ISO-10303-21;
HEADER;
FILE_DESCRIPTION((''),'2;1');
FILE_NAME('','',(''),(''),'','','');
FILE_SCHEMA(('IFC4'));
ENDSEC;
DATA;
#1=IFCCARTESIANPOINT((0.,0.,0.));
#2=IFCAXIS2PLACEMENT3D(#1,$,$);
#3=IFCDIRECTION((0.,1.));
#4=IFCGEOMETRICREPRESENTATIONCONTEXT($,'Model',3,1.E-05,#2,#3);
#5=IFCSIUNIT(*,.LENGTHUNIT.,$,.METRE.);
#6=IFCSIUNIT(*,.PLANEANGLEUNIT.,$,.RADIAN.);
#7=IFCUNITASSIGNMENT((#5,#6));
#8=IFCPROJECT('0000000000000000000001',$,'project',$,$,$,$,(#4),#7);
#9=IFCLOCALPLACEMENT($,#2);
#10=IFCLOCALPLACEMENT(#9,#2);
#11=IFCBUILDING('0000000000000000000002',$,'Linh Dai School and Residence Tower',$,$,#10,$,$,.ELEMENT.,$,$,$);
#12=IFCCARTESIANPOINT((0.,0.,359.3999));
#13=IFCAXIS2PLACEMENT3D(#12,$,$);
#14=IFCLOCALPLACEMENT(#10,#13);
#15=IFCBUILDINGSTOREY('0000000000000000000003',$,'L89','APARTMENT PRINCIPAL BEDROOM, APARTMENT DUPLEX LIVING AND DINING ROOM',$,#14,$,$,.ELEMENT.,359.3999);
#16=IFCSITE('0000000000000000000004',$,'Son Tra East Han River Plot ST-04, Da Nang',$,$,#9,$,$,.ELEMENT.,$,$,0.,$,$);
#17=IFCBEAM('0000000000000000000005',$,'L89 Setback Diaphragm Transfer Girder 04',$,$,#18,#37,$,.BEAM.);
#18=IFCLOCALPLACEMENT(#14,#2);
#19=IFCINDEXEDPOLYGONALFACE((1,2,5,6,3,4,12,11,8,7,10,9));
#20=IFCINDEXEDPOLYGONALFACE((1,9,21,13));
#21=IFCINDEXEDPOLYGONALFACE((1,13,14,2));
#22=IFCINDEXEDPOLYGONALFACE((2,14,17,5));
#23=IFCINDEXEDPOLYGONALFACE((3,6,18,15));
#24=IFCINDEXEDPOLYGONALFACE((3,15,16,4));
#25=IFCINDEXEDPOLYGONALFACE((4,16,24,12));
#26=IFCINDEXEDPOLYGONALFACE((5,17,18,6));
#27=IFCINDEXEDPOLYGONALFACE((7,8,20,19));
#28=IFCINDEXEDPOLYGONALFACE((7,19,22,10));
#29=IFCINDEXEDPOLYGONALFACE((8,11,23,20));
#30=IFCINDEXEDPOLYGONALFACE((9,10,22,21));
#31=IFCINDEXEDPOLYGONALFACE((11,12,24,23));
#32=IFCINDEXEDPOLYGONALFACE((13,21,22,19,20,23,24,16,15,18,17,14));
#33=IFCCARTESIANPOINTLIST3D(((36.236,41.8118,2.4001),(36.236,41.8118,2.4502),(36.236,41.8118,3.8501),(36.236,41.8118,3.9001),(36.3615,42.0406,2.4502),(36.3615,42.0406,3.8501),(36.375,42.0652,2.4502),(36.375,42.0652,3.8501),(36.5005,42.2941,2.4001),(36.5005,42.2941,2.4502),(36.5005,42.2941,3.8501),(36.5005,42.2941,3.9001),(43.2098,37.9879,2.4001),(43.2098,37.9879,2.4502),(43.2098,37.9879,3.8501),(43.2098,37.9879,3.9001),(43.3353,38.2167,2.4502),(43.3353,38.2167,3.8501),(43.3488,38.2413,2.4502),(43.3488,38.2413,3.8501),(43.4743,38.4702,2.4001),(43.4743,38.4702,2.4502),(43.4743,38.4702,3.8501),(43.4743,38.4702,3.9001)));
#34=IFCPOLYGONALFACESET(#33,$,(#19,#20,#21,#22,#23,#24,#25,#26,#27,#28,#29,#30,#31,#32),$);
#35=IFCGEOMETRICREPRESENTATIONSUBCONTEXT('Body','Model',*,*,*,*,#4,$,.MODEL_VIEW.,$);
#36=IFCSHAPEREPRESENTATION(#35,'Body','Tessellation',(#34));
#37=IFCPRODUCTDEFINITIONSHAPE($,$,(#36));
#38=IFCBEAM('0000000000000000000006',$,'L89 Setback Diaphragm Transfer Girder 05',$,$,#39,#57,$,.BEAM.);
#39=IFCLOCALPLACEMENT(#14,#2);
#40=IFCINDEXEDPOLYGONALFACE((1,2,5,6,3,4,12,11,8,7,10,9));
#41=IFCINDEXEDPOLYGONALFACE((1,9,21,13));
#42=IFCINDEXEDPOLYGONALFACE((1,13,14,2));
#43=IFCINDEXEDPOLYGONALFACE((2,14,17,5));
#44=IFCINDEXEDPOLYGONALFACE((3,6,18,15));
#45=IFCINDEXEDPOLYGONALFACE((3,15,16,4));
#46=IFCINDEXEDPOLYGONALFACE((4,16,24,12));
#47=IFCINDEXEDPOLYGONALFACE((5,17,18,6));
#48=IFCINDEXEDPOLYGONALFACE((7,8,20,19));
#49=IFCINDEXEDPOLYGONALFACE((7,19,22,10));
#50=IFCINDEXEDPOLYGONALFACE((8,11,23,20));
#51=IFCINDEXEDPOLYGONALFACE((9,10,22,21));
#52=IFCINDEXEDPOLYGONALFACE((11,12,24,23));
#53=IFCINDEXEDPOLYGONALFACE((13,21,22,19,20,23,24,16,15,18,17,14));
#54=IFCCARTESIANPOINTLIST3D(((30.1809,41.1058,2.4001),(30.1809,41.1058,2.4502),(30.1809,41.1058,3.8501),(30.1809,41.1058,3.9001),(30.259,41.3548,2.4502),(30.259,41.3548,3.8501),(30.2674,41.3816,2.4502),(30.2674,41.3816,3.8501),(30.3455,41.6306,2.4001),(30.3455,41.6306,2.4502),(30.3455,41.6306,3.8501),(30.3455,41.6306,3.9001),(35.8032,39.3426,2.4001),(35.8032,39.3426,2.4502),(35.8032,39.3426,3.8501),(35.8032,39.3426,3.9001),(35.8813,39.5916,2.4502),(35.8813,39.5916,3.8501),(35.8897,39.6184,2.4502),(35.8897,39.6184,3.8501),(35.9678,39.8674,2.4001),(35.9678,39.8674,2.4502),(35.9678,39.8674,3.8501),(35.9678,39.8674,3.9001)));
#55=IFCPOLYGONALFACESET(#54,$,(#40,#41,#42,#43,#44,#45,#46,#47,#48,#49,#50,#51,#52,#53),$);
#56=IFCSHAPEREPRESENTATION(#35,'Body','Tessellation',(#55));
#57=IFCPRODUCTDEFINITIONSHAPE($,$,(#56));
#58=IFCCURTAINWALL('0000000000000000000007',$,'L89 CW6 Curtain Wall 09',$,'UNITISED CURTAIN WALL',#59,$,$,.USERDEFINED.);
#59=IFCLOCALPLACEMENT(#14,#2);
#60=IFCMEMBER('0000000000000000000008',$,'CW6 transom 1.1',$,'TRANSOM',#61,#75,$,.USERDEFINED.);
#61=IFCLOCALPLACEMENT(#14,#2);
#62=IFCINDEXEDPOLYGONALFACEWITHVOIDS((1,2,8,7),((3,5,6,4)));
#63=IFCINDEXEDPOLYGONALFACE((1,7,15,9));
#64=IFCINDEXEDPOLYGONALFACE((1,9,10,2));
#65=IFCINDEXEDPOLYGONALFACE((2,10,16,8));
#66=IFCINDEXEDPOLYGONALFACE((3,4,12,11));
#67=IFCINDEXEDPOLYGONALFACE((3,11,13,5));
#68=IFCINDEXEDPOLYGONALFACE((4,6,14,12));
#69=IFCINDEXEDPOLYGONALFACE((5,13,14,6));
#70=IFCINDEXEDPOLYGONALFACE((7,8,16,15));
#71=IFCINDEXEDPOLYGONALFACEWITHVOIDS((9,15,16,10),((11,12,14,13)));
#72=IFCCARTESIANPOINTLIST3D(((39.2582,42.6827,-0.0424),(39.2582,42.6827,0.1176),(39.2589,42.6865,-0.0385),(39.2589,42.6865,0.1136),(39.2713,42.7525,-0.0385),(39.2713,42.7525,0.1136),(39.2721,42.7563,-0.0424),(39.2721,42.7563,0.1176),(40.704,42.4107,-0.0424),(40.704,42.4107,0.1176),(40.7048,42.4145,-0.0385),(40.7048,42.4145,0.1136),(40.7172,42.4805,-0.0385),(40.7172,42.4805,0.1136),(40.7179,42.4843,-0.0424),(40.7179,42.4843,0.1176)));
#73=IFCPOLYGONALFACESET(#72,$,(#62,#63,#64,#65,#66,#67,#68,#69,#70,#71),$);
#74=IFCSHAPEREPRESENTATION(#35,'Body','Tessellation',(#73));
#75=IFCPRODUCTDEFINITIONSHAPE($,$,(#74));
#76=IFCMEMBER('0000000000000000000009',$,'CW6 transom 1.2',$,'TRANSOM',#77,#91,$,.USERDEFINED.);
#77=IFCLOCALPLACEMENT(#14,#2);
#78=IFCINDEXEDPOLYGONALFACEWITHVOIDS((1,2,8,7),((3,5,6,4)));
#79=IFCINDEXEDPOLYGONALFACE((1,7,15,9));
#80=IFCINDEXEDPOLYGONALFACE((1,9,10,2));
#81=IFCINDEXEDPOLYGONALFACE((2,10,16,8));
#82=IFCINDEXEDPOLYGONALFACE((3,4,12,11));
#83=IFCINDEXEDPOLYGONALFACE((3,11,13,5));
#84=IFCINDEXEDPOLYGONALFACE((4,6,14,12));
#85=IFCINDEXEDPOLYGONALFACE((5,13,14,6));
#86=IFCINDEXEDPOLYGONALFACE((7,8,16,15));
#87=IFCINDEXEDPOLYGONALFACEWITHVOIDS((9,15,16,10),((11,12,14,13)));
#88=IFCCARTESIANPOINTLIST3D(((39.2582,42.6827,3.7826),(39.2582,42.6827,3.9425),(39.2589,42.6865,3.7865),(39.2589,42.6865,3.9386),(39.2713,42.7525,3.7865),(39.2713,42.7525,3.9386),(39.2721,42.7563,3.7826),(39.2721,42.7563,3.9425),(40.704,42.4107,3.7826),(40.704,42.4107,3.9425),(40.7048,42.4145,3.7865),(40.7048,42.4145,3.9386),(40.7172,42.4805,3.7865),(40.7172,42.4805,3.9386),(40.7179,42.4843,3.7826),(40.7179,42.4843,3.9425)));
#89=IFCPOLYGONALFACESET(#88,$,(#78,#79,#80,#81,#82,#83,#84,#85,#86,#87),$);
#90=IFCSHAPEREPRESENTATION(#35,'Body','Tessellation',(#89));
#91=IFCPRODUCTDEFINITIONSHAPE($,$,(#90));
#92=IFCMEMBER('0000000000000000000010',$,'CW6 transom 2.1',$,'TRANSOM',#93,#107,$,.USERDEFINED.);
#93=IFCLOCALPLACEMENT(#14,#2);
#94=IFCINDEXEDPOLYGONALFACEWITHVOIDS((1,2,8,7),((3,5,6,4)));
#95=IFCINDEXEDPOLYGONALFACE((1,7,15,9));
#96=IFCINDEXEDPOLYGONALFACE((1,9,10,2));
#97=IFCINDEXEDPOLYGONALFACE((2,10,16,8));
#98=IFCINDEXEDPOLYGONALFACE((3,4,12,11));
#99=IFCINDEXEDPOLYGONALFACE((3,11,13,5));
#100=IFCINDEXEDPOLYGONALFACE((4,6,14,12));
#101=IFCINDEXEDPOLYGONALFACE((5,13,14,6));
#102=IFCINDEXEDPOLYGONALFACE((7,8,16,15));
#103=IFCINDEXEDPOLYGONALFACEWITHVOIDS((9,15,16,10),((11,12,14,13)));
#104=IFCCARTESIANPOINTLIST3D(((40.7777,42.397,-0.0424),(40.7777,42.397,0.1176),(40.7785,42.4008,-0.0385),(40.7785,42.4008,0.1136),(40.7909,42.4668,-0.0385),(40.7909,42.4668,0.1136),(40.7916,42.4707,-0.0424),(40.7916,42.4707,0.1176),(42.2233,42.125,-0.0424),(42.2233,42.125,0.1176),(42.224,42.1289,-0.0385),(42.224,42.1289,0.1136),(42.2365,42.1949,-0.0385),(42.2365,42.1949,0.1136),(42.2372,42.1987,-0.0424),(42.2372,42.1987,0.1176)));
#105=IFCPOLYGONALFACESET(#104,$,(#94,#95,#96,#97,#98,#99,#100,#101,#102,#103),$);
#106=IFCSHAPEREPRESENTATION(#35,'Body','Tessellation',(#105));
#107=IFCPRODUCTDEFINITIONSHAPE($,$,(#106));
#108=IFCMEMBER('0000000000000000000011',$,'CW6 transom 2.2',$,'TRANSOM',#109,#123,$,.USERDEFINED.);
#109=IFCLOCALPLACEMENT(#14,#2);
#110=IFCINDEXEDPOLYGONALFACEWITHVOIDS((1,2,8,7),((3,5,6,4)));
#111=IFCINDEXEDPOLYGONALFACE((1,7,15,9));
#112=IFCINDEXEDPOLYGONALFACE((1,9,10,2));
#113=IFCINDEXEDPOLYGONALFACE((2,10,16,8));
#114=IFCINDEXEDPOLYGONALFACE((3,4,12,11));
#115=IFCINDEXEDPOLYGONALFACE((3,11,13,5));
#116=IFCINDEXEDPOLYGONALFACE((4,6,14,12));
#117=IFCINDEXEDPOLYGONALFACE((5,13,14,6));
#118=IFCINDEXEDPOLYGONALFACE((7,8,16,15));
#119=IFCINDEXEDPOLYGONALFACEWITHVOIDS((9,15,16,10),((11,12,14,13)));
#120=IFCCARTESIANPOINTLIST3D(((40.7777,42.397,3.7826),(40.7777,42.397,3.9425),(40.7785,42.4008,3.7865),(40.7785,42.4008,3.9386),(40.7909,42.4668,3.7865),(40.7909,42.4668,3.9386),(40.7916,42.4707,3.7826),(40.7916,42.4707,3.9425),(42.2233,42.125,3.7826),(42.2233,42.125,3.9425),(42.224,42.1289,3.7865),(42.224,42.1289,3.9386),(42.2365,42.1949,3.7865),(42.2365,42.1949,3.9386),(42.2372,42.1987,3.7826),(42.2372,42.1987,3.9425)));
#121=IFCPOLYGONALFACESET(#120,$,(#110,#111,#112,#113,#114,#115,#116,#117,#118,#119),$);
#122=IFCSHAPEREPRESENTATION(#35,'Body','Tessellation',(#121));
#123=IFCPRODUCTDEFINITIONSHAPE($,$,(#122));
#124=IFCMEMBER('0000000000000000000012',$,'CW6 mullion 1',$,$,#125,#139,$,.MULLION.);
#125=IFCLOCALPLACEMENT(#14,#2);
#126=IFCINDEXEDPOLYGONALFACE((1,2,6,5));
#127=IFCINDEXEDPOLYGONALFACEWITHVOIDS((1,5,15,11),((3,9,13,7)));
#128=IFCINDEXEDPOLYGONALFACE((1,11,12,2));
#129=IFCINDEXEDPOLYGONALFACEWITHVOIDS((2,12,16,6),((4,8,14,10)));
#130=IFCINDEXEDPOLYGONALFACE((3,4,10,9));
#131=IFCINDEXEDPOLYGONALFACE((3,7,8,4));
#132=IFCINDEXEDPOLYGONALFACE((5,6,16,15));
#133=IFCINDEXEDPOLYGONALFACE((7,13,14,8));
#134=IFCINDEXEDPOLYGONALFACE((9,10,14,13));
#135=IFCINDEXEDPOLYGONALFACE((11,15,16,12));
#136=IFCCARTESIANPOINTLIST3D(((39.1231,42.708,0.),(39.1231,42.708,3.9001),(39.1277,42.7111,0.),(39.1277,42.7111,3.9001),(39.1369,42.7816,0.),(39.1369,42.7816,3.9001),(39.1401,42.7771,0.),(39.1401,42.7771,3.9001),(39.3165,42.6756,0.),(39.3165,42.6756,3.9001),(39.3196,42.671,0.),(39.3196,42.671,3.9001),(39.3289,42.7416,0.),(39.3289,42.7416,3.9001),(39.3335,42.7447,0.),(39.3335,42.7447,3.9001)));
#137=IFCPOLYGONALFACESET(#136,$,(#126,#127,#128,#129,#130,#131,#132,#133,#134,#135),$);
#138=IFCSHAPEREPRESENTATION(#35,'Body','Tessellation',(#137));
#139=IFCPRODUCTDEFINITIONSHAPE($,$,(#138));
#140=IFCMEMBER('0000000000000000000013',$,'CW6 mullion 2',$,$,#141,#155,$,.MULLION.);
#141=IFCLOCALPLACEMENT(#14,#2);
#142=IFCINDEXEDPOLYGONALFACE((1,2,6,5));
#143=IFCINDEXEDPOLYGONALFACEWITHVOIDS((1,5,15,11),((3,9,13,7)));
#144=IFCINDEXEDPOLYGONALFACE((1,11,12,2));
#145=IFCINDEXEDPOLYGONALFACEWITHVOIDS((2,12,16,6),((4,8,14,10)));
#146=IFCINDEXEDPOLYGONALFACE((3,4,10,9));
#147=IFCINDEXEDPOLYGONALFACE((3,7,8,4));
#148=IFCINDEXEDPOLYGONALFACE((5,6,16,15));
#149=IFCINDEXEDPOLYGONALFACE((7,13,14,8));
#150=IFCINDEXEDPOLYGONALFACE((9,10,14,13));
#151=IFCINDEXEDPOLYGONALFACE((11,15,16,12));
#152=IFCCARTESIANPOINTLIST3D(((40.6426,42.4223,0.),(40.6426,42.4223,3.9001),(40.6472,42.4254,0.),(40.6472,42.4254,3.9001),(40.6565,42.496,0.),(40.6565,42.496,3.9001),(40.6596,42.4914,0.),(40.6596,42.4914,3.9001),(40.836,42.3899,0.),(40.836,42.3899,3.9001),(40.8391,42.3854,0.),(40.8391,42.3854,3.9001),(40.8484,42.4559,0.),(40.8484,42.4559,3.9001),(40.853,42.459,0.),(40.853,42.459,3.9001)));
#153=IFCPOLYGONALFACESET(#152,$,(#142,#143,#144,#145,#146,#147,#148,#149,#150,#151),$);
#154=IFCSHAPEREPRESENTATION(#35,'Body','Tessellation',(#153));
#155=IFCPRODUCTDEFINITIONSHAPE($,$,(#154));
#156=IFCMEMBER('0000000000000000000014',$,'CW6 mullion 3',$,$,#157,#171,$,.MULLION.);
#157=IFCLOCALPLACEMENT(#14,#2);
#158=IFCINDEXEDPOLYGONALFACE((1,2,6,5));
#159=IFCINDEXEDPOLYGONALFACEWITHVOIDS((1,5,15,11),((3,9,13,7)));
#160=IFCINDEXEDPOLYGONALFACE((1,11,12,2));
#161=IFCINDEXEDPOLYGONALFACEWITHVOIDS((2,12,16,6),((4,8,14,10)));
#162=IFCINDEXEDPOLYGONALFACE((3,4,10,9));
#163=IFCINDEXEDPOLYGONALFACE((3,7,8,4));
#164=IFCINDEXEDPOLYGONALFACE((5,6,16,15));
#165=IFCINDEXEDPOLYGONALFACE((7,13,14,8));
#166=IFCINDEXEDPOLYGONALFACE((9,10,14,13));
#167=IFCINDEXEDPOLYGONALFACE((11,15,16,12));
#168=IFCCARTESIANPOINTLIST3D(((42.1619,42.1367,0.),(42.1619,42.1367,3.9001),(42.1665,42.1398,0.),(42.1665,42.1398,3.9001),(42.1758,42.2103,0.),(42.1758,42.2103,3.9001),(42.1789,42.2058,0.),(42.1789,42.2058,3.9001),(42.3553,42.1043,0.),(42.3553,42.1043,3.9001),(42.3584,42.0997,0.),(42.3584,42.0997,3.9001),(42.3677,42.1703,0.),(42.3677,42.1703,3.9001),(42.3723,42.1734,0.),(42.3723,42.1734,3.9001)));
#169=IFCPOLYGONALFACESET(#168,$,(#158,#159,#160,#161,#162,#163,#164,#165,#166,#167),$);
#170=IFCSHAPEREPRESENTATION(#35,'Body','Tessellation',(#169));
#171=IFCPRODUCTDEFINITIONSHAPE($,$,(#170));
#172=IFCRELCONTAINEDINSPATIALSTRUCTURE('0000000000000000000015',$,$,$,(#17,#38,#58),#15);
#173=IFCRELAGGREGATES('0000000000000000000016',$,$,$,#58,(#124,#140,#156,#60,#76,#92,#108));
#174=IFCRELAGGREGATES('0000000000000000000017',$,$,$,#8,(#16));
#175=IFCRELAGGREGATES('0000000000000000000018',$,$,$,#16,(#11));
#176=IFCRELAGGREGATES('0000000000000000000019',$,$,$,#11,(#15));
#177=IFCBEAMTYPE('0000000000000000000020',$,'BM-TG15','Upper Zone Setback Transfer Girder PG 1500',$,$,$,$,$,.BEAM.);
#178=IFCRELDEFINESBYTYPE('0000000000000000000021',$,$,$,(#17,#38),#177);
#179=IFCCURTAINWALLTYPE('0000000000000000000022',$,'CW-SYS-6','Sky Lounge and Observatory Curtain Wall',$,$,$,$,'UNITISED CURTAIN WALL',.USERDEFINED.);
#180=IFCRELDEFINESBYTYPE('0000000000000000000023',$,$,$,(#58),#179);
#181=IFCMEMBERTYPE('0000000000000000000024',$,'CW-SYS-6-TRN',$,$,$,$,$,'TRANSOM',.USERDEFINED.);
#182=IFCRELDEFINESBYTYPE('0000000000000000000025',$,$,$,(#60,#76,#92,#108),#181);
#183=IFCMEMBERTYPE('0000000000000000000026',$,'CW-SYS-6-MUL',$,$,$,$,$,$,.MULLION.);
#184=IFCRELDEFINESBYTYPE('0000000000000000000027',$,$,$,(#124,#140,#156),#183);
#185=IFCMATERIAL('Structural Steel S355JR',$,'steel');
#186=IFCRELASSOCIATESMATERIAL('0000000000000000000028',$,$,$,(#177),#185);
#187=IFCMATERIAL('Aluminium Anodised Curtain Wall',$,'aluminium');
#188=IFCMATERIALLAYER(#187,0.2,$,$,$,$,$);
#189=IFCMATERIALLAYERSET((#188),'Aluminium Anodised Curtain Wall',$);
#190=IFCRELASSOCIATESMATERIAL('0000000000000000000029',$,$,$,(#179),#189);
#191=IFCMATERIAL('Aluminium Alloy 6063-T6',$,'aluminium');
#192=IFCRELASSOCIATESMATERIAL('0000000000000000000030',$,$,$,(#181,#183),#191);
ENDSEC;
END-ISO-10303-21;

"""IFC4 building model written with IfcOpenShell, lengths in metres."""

from ifc_helpers import new_model, si_unit, direction, frame, origin, origin_2d, place, context, subcontext, project, spatial, hollow_rectangle, i_section, extrude, source, transform, mapped, material, layer, layer_set, material_profile, profile_set, type_object, element, aggregate, save


model = new_model("IFC4")

# Units and contexts
model_context = context("Model", 3, precision=1e-05, world=origin(), true_north=direction((0.0, 1.0)))
body_context = subcontext(model_context, "Body", "Model", "MODEL_VIEW")
ifc_project = project(units=[si_unit("LENGTHUNIT", "METRE"), si_unit("PLANEANGLEUNIT", "RADIAN")], contexts=[model_context])

# Site, building, storey
site_placement = place(None, origin())
site = spatial("IfcSite", under=ifc_project, at=site_placement, Name="Son Tra East Han River Plot ST-04, Da Nang", CompositionType="ELEMENT", RefElevation=0.0)
building_placement = place(site_placement, origin())
building = spatial("IfcBuilding", under=site, at=building_placement, Name="Linh Dai School and Residence Tower", CompositionType="ELEMENT")
storey_placement = place(building_placement, frame((0.0, 0.0, 359.3999)))
storey = spatial("IfcBuildingStorey", under=building, at=storey_placement, Name="L89", Description="APARTMENT PRINCIPAL BEDROOM, APARTMENT DUPLEX LIVING AND DINING ROOM", CompositionType="ELEMENT", Elevation=359.3999)

# Shared definitions
ifc_material_1 = material(Name="Structural Steel S355JR", Category="steel")

# Beams
ifc_material_profile_1 = material_profile(ifc_material_1, i_section(OverallWidth=0.55, OverallDepth=1.5, WebThickness=0.0281, FlangeThickness=0.05, at=origin_2d()), Name="PG 1500x550x28x50")
ifc_profile_set_1 = profile_set([ifc_material_profile_1], Name="Structural Steel S355JR")
beam_type_1 = type_object("IfcBeamType", Name="BM-TG15", Description="Upper Zone Setback Transfer Girder PG 1500", PredefinedType="BEAM", material=ifc_profile_set_1)
beam_1_placement = place(storey_placement, frame((43.342, 38.229, 3.1501), z_axis=(-0.876834, 0.480793, 0.0), x_axis=(-0.480793, -0.876834, 0.0)))
element("IfcBeam", 1, at=beam_1_placement, inside=storey, type_object=beam_type_1, Name="L89 Setback Diaphragm Transfer Girder 04", PredefinedType="BEAM", context=body_context, shape_type="SweptSolid", body=[
    extrude(i_section(OverallWidth=0.55, OverallDepth=1.5, WebThickness=0.0281, FlangeThickness=0.05, at=origin_2d()), origin(), (0.0, 0.0, 1.0), 7.9534),
])
beam_2_placement = place(storey_placement, frame((35.8855, 39.605, 3.1501), z_axis=(-0.954179, 0.299235, 0.0), x_axis=(-0.299235, -0.954179, 0.0)))
element("IfcBeam", 2, at=beam_2_placement, inside=storey, type_object=beam_type_1, Name="L89 Setback Diaphragm Transfer Girder 05", PredefinedType="BEAM", context=body_context, shape_type="SweptSolid", body=[
    extrude(i_section(OverallWidth=0.55, OverallDepth=1.5, WebThickness=0.0281, FlangeThickness=0.05, at=origin_2d()), origin(), (0.0, 0.0, 1.0), 5.8923),
])

# Curtain wall, members
ifc_material_2 = material(Name="Aluminium Anodised Curtain Wall", Category="aluminium")
ifc_layer_1 = layer(ifc_material_2, 0.2)
ifc_layer_set_1 = layer_set([ifc_layer_1], Name="Aluminium Anodised Curtain Wall")
curtain_wall_type = type_object("IfcCurtainWallType", Name="CW-SYS-6", Description="Sky Lounge and Observatory Curtain Wall", ElementType="UNITISED CURTAIN WALL", PredefinedType="USERDEFINED", material=ifc_layer_set_1)
curtain_wall_placement = place(storey_placement, origin())
curtain_wall = element("IfcCurtainWall", 3, at=curtain_wall_placement, inside=storey, type_object=curtain_wall_type, Name="L89 CW6 Curtain Wall 09", ObjectType="UNITISED CURTAIN WALL", PredefinedType="USERDEFINED")
ifc_material_3 = material(Name="Aluminium Alloy 6063-T6", Category="aluminium")
ifc_material_profile_2 = material_profile(ifc_material_3, hollow_rectangle(XDim=0.075, YDim=0.1599, WallThickness=0.0039, at=origin_2d()), Name="RHS 160x75x4")
ifc_profile_set_2 = profile_set([ifc_material_profile_2], Name="Aluminium Alloy 6063-T6")
member_type_1 = type_object("IfcMemberType", Name="CW-SYS-6-TRN", ElementType="TRANSOM", PredefinedType="USERDEFINED", material=ifc_profile_set_2)
shared_shape_1 = source(origin(), body_context, "Body", "SweptSolid", [
    extrude(hollow_rectangle(XDim=0.075, YDim=0.1599, WallThickness=0.0039, at=origin_2d()), origin(), (0.0, 0.0, 1.0), 1.4712),
])
member_1_placement = place(storey_placement, frame((39.2651, 42.7195, 0.0376), z_axis=(0.982763, -0.18487, 0.0), x_axis=(0.18487, 0.982763, 0.0)))
member_1 = element("IfcMember", 4, at=member_1_placement, type_object=member_type_1, Name="CW6 transom 1.1", ObjectType="TRANSOM", PredefinedType="USERDEFINED", context=body_context, shape_type="MappedRepresentation", body=[
    mapped(shared_shape_1, transform((0.0, 0.0, 0.0), x_axis=(1.0, 0.0, 0.0), y_axis=(0.0, 1.0, 0.0), z_axis=(0.0, 0.0, 1.0), scale=1.0)),
])
member_2_placement = place(storey_placement, frame((39.2651, 42.7195, 3.8625), z_axis=(0.982763, -0.18487, 0.0), x_axis=(0.18487, 0.982763, 0.0)))
member_2 = element("IfcMember", 5, at=member_2_placement, type_object=member_type_1, Name="CW6 transom 1.2", ObjectType="TRANSOM", PredefinedType="USERDEFINED", context=body_context, shape_type="MappedRepresentation", body=[
    mapped(shared_shape_1, transform((0.0, 0.0, 0.0), x_axis=(1.0, 0.0, 0.0), y_axis=(0.0, 1.0, 0.0), z_axis=(0.0, 0.0, 1.0), scale=1.0)),
])
shared_shape_2 = source(origin(), body_context, "Body", "SweptSolid", [
    extrude(hollow_rectangle(XDim=0.075, YDim=0.1599, WallThickness=0.0039, at=origin_2d()), origin(), (0.0, 0.0, 1.0), 1.4709),
])
member_3_placement = place(storey_placement, frame((40.7847, 42.4338, 0.0376), z_axis=(0.982757, -0.1849, 0.0), x_axis=(0.1849, 0.982757, 0.0)))
member_3 = element("IfcMember", 6, at=member_3_placement, type_object=member_type_1, Name="CW6 transom 2.1", ObjectType="TRANSOM", PredefinedType="USERDEFINED", context=body_context, shape_type="MappedRepresentation", body=[
    mapped(shared_shape_2, transform((0.0, 0.0, 0.0), x_axis=(1.0, 0.0, 0.0), y_axis=(0.0, 1.0, 0.0), z_axis=(0.0, 0.0, 1.0), scale=1.0)),
])
member_4_placement = place(storey_placement, frame((40.7847, 42.4338, 3.8625), z_axis=(0.982757, -0.1849, 0.0), x_axis=(0.1849, 0.982757, 0.0)))
member_4 = element("IfcMember", 7, at=member_4_placement, type_object=member_type_1, Name="CW6 transom 2.2", ObjectType="TRANSOM", PredefinedType="USERDEFINED", context=body_context, shape_type="MappedRepresentation", body=[
    mapped(shared_shape_2, transform((0.0, 0.0, 0.0), x_axis=(1.0, 0.0, 0.0), y_axis=(0.0, 1.0, 0.0), z_axis=(0.0, 0.0, 1.0), scale=1.0)),
])
ifc_material_profile_3 = material_profile(ifc_material_3, hollow_rectangle(XDim=0.075, YDim=0.2, WallThickness=0.0039, at=origin_2d()), Name="RHS 200x75x4")
ifc_profile_set_3 = profile_set([ifc_material_profile_3], Name="Aluminium Alloy 6063-T6")
member_type_2 = type_object("IfcMemberType", Name="CW-SYS-6-MUL", PredefinedType="MULLION", material=ifc_profile_set_3)
shared_shape_3 = source(origin(), body_context, "Body", "SweptSolid", [
    extrude(hollow_rectangle(XDim=0.075, YDim=0.2, WallThickness=0.0039, at=origin_2d()), origin(), (0.0, 0.0, 1.0), 3.9001),
])
member_5_placement = place(storey_placement, frame((39.2283, 42.7263, 0.0), z_axis=(0.0, 0.0, 1.0), x_axis=(0.184785, 0.982779, 0.0)))
member_5 = element("IfcMember", 8, at=member_5_placement, type_object=member_type_2, Name="CW6 mullion 1", PredefinedType="MULLION", context=body_context, shape_type="MappedRepresentation", body=[
    mapped(shared_shape_3, transform((0.0, 0.0, 0.0), x_axis=(1.0, 0.0, 0.0), y_axis=(0.0, 1.0, 0.0), z_axis=(0.0, 0.0, 1.0), scale=1.0)),
])
member_6_placement = place(storey_placement, frame((40.7478, 42.4407, 0.0), z_axis=(0.0, 0.0, 1.0), x_axis=(0.184785, 0.982779, 0.0)))
member_6 = element("IfcMember", 9, at=member_6_placement, type_object=member_type_2, Name="CW6 mullion 2", PredefinedType="MULLION", context=body_context, shape_type="MappedRepresentation", body=[
    mapped(shared_shape_3, transform((0.0, 0.0, 0.0), x_axis=(1.0, 0.0, 0.0), y_axis=(0.0, 1.0, 0.0), z_axis=(0.0, 0.0, 1.0), scale=1.0)),
])
member_7_placement = place(storey_placement, frame((42.2671, 42.155, 0.0), z_axis=(0.0, 0.0, 1.0), x_axis=(0.184785, 0.982779, 0.0)))
member_7 = element("IfcMember", 10, at=member_7_placement, type_object=member_type_2, Name="CW6 mullion 3", PredefinedType="MULLION", context=body_context, shape_type="MappedRepresentation", body=[
    mapped(shared_shape_3, transform((0.0, 0.0, 0.0), x_axis=(1.0, 0.0, 0.0), y_axis=(0.0, 1.0, 0.0), z_axis=(0.0, 0.0, 1.0), scale=1.0)),
])

aggregate(curtain_wall, [member_5, member_6, member_7, member_1, member_2, member_3, member_4])

save(model, "model.ifc")
